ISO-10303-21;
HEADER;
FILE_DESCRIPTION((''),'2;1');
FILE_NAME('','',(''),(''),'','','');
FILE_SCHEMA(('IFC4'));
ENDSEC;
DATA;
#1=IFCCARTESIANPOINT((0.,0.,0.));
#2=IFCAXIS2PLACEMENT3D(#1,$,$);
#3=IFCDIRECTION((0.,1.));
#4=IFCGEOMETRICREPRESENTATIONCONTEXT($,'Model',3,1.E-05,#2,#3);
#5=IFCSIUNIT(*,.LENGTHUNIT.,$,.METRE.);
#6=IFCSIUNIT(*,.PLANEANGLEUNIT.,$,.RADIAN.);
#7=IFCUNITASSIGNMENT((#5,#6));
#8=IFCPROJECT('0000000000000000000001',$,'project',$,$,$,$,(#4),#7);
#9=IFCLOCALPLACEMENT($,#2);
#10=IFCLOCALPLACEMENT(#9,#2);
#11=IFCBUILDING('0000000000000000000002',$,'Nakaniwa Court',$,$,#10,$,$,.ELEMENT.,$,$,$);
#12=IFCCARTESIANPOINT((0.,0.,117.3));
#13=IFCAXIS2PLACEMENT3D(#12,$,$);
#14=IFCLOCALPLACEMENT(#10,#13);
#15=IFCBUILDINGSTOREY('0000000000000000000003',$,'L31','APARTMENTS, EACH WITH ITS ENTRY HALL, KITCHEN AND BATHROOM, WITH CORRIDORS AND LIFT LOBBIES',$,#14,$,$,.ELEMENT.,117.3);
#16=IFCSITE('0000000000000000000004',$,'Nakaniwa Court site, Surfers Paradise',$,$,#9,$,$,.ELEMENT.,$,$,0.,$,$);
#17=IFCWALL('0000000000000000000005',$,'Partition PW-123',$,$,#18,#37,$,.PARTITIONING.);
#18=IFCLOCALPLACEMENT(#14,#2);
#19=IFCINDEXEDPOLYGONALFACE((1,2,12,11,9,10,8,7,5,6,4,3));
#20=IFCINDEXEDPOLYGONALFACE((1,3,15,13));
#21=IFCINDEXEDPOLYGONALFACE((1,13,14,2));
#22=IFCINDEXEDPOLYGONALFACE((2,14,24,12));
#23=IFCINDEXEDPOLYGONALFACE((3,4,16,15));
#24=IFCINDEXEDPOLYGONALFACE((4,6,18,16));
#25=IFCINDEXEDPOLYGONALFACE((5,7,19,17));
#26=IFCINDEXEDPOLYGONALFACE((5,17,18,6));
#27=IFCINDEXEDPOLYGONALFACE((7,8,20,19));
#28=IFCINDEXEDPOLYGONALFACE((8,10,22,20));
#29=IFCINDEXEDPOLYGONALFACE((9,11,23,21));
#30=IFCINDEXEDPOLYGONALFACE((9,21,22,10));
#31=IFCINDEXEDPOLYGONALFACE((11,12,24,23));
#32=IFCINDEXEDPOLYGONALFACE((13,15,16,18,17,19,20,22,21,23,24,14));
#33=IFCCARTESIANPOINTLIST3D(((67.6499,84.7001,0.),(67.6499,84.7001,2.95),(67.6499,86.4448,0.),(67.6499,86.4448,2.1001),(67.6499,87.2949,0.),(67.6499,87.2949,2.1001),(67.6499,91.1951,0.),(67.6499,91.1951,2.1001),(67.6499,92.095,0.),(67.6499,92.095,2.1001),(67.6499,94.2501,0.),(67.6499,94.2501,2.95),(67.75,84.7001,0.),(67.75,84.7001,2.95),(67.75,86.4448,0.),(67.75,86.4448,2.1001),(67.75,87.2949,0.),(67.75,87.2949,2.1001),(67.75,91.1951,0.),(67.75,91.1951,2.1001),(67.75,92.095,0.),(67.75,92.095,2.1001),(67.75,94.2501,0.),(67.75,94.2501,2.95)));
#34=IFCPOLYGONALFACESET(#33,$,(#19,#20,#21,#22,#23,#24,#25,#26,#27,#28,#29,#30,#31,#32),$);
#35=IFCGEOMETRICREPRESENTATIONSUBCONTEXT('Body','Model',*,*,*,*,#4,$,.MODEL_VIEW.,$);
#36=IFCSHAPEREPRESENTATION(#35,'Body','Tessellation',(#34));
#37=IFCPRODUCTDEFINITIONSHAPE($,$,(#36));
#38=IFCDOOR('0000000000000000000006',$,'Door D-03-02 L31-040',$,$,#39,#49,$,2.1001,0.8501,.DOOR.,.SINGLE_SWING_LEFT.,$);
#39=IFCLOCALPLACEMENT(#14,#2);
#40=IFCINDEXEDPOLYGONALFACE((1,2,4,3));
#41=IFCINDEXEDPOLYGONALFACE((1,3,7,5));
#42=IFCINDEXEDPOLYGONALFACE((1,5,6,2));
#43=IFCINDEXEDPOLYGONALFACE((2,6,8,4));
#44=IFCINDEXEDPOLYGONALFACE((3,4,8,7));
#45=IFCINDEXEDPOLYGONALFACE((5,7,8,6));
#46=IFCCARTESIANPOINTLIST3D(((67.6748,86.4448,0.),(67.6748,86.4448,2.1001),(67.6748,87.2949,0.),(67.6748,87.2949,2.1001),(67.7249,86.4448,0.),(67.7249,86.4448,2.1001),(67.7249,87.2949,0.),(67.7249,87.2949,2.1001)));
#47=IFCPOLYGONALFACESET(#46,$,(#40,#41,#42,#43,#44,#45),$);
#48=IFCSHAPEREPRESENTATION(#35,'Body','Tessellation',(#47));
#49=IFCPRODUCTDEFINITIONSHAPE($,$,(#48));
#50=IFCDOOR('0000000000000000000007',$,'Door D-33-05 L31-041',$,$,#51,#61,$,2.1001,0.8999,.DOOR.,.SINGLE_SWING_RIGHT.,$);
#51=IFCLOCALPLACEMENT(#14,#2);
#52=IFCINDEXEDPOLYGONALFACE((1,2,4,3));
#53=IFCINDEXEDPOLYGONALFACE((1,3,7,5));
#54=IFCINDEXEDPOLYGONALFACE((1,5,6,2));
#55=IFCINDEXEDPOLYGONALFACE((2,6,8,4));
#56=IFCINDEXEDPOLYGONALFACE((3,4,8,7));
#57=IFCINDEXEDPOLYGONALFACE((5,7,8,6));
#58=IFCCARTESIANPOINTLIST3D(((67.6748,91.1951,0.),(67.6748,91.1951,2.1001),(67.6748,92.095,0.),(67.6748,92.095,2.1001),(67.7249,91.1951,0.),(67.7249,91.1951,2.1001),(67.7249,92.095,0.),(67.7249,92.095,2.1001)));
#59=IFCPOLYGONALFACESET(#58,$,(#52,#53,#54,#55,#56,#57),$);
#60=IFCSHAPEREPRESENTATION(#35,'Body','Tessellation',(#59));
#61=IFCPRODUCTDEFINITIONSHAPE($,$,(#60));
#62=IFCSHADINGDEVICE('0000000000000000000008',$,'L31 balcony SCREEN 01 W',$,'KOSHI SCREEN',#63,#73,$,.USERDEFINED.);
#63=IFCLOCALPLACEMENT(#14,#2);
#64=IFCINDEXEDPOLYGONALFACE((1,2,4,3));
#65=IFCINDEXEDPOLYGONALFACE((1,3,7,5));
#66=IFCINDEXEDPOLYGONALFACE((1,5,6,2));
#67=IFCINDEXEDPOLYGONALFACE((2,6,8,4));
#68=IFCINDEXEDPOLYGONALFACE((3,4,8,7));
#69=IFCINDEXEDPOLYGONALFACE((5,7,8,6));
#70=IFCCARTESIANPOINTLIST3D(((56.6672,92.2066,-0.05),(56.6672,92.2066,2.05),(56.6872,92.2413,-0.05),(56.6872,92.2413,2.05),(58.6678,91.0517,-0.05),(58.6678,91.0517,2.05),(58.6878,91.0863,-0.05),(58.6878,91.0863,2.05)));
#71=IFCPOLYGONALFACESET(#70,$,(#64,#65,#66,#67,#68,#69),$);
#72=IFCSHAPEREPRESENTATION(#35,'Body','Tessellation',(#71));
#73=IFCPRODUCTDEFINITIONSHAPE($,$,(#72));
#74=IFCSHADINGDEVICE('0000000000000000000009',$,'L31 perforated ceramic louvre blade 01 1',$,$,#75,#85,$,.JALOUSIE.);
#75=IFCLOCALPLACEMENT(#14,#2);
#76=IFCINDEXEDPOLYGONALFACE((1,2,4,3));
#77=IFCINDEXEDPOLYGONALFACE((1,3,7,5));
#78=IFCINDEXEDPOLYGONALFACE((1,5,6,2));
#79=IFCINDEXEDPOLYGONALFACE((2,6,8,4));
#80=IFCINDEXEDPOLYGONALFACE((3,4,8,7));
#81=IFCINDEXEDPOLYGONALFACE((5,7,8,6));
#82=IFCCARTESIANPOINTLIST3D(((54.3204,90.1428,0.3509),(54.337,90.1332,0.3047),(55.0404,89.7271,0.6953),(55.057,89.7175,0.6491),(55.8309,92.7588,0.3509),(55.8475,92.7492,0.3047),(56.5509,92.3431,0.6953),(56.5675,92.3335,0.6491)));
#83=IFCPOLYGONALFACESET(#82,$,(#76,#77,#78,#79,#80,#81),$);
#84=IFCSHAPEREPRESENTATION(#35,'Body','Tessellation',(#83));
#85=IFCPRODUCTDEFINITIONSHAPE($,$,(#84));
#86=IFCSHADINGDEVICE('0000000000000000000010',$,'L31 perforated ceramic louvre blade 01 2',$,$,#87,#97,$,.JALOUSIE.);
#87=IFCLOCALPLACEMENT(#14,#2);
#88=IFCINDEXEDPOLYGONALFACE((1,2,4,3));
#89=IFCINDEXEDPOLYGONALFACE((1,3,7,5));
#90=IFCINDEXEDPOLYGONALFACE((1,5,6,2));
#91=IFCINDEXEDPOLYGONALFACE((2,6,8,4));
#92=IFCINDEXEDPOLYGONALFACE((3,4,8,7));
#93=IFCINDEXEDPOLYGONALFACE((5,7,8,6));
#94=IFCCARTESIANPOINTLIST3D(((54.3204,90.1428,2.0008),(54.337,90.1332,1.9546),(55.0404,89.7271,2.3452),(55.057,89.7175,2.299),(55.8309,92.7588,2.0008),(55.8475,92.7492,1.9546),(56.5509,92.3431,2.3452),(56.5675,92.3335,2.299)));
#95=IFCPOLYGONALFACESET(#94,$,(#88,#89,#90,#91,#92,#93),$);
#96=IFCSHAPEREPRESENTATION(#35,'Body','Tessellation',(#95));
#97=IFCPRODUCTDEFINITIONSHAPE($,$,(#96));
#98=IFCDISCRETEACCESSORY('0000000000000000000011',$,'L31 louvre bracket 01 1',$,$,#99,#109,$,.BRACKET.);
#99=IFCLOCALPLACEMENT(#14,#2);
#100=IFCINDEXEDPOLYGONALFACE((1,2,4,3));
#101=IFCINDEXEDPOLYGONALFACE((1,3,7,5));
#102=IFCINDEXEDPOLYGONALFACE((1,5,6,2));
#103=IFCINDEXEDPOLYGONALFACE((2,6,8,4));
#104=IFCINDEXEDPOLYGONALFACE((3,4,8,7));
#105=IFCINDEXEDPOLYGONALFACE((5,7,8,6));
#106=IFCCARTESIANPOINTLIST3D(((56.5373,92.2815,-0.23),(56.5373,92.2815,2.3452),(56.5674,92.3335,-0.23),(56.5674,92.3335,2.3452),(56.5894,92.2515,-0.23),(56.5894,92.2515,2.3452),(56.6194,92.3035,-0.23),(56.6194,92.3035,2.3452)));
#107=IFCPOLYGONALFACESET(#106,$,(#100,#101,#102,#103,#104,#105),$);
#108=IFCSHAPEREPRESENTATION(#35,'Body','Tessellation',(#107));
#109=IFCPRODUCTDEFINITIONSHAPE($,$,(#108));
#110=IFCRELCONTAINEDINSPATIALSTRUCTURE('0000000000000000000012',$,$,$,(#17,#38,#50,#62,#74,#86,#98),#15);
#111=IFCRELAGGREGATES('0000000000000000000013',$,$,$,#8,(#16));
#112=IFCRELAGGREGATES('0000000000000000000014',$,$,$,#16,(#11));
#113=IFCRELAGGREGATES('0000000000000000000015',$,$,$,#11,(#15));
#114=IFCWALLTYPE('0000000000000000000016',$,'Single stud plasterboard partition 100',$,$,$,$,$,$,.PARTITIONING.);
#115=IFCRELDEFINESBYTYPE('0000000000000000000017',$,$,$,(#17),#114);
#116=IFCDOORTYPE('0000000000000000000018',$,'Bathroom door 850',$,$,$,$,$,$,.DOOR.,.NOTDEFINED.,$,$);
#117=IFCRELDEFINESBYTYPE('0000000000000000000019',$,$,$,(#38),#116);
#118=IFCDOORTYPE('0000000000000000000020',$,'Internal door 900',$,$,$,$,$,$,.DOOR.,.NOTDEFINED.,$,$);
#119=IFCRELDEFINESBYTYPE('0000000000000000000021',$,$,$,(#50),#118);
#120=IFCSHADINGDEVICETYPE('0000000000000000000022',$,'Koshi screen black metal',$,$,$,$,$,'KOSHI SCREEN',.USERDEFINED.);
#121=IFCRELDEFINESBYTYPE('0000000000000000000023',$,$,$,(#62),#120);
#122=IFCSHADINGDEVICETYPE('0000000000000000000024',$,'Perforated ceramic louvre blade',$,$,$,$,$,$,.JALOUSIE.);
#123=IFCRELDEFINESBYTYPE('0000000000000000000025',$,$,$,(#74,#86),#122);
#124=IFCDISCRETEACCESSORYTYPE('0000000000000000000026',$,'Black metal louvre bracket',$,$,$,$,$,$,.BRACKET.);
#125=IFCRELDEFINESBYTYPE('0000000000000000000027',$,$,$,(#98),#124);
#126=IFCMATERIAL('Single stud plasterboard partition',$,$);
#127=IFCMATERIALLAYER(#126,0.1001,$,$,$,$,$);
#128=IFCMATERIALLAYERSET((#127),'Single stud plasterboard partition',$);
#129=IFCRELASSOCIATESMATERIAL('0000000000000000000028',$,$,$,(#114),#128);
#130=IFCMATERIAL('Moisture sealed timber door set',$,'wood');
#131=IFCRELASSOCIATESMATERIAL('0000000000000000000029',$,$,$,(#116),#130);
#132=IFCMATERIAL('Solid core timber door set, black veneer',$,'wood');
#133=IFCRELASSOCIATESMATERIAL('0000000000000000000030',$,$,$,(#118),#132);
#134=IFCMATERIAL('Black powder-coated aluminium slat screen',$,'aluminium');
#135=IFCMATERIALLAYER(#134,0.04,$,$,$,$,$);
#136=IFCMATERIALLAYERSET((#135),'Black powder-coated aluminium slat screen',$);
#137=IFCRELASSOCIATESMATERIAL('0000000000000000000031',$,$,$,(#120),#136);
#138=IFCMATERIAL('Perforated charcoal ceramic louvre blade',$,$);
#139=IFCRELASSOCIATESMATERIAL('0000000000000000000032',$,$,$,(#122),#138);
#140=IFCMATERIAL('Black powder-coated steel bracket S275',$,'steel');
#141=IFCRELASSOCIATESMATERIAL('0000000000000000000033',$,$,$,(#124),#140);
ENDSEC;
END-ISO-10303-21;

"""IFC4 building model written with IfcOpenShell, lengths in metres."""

from ifc_helpers import new_model, si_unit, direction, frame, frame_2d, origin, origin_2d, place, context, subcontext, project, spatial, rectangle, extrude, material, layer, layer_set, material_profile, profile_set, type_object, element, fill, save


model = new_model("IFC4")

# Units and contexts
model_context = context("Model", 3, precision=1e-05, world=origin(), true_north=direction((0.0, 1.0)))
body_context = subcontext(model_context, "Body", "Model", "MODEL_VIEW")
ifc_project = project(units=[si_unit("LENGTHUNIT", "METRE"), si_unit("PLANEANGLEUNIT", "RADIAN")], contexts=[model_context])

# Site, building, storey
site_placement = place(None, origin())
site = spatial("IfcSite", under=ifc_project, at=site_placement, Name="Nakaniwa Court site, Surfers Paradise", CompositionType="ELEMENT", RefElevation=0.0)
building_placement = place(site_placement, origin())
building = spatial("IfcBuilding", under=site, at=building_placement, Name="Nakaniwa Court", CompositionType="ELEMENT")
storey_placement = place(building_placement, frame((0.0, 0.0, 117.3)))
storey = spatial("IfcBuildingStorey", under=building, at=storey_placement, Name="L31", Description="APARTMENTS, EACH WITH ITS ENTRY HALL, KITCHEN AND BATHROOM, WITH CORRIDORS AND LIFT LOBBIES", CompositionType="ELEMENT", Elevation=117.3)

# Wall, openings, doors
ifc_material_1 = material(Name="Single stud plasterboard partition")
ifc_layer_1 = layer(ifc_material_1, 0.1001)
ifc_layer_set_1 = layer_set([ifc_layer_1], Name="Single stud plasterboard partition")
wall_type_1 = type_object("IfcWallType", Name="Single stud plasterboard partition 100", PredefinedType="PARTITIONING", material=ifc_layer_set_1)
wall_1_placement = place(storey_placement, frame((67.7, 94.25, 0.0), z_axis=(0.0, 0.0, 1.0), x_axis=(0.0, -1.0, 0.0)))
wall_1 = element("IfcWall", 1, at=wall_1_placement, inside=storey, type_object=wall_type_1, Name="Partition PW-123", PredefinedType="PARTITIONING", context=body_context, shape_type="SweptSolid", body=[
    extrude(rectangle(XDim=9.55, YDim=0.1001, at=frame_2d((4.7749, 0.0))), origin(), (0.0, 0.0, 1.0), 2.95),
])
opening_1_placement = place(wall_1_placement, frame((6.9551, 0.0, 0.0)))
opening_1 = element("IfcOpeningElement", 2, at=opening_1_placement, cuts=wall_1, PredefinedType="OPENING", context=body_context, shape_type="SweptSolid", body=[
    extrude(rectangle(XDim=0.8501, YDim=2.1001, at=frame_2d((0.425, 1.05))), frame((0.0, 0.0601, 0.0), z_axis=(0.0, -1.0, 0.0), x_axis=(1.0, 0.0, 0.0)), (0.0, 0.0, 1.0), 0.1201),
])
opening_2_placement = place(wall_1_placement, frame((2.155, 0.0, 0.0)))
opening_2 = element("IfcOpeningElement", 3, at=opening_2_placement, cuts=wall_1, PredefinedType="OPENING", context=body_context, shape_type="SweptSolid", body=[
    extrude(rectangle(XDim=0.8999, YDim=2.1001, at=frame_2d((0.45, 1.05))), frame((0.0, 0.0601, 0.0), z_axis=(0.0, -1.0, 0.0), x_axis=(1.0, 0.0, 0.0)), (0.0, 0.0, 1.0), 0.1201),
])
ifc_material_2 = material(Name="Moisture sealed timber door set", Category="wood")
door_type_1 = type_object("IfcDoorType", Name="Bathroom door 850", OperationType="NOTDEFINED", PredefinedType="DOOR", material=ifc_material_2)
door_1_placement = place(opening_1_placement, origin())
door_1 = element("IfcDoor", 4, at=door_1_placement, inside=storey, type_object=door_type_1, Name="Door D-03-02 L31-040", OperationType="SINGLE_SWING_LEFT", OverallHeight=2.1001, OverallWidth=0.8501, PredefinedType="DOOR", context=body_context, shape_type="SweptSolid", body=[
    extrude(rectangle(XDim=0.8501, YDim=2.1001, at=frame_2d((0.425, 1.05))), frame((0.0, 0.0249, 0.0), z_axis=(0.0, -1.0, 0.0), x_axis=(1.0, 0.0, 0.0)), (0.0, 0.0, 1.0), 0.05),
])
fill(opening_1, door_1)
ifc_material_3 = material(Name="Solid core timber door set, black veneer", Category="wood")
door_type_2 = type_object("IfcDoorType", Name="Internal door 900", OperationType="NOTDEFINED", PredefinedType="DOOR", material=ifc_material_3)
door_2_placement = place(opening_2_placement, origin())
door_2 = element("IfcDoor", 5, at=door_2_placement, inside=storey, type_object=door_type_2, Name="Door D-33-05 L31-041", OperationType="SINGLE_SWING_RIGHT", OverallHeight=2.1001, OverallWidth=0.8999, PredefinedType="DOOR", context=body_context, shape_type="SweptSolid", body=[
    extrude(rectangle(XDim=0.8999, YDim=2.1001, at=frame_2d((0.45, 1.05))), frame((0.0, 0.0249, 0.0), z_axis=(0.0, -1.0, 0.0), x_axis=(1.0, 0.0, 0.0)), (0.0, 0.0, 1.0), 0.05),
])
fill(opening_2, door_2)

# Shading devices
ifc_material_4 = material(Name="Black powder-coated aluminium slat screen", Category="aluminium")
ifc_layer_2 = layer(ifc_material_4, 0.04)
ifc_layer_set_2 = layer_set([ifc_layer_2], Name="Black powder-coated aluminium slat screen")
shading_device_type_1 = type_object("IfcShadingDeviceType", Name="Koshi screen black metal", ElementType="KOSHI SCREEN", PredefinedType="USERDEFINED", material=ifc_layer_set_2)
shading_device_placement = place(storey_placement, frame((57.6775, 91.6465, -0.05), z_axis=(0.0, 0.0, 1.0), x_axis=(-0.499974, -0.86604, 0.0)))
element("IfcShadingDevice", 6, at=shading_device_placement, inside=storey, type_object=shading_device_type_1, Name="L31 balcony SCREEN 01 W", ObjectType="KOSHI SCREEN", PredefinedType="USERDEFINED", context=body_context, shape_type="SweptSolid", body=[
    extrude(rectangle(XDim=0.04, YDim=2.3101, at=origin_2d()), origin(), (0.0, 0.0, 1.0), 2.1001),
])
ifc_material_5 = material(Name="Perforated charcoal ceramic louvre blade")
ifc_material_profile_1 = material_profile(ifc_material_5, rectangle(XDim=0.8999, YDim=0.05, at=origin_2d()), Name="Perforated ceramic louvre blade")
ifc_profile_set_1 = profile_set([ifc_material_profile_1], Name="Perforated charcoal ceramic louvre blade")
shading_device_type_2 = type_object("IfcShadingDeviceType", Name="Perforated ceramic louvre blade", PredefinedType="JALOUSIE", material=ifc_profile_set_1)
for number, where, z_axis, x_axis, name in (
    (7, (56.1992, 92.5461, 0.5), (-0.500042, -0.866001, 0.0), (0.800081, -0.461979, 0.382683), "L31 perforated ceramic louvre blade 01 1"),
    (8, (56.1992, 92.5461, 2.1499), (-0.500042, -0.866001, 0.0), (0.800081, -0.461979, 0.382683), "L31 perforated ceramic louvre blade 01 2"),
):
    element("IfcShadingDevice", number, at=place(storey_placement, frame(where, z_axis=z_axis, x_axis=x_axis)), inside=storey, type_object=shading_device_type_2, Name=name, PredefinedType="JALOUSIE", context=body_context, shape_type="SweptSolid", body=[
        extrude(rectangle(XDim=0.8999, YDim=0.05, at=origin_2d()), origin(), (0.0, 0.0, 1.0), 3.0208),
    ])

# Discrete accessory
ifc_material_6 = material(Name="Black powder-coated steel bracket S275", Category="steel")
discrete_accessory_type = type_object("IfcDiscreteAccessoryType", Name="Black metal louvre bracket", PredefinedType="BRACKET", material=ifc_material_6)
discrete_accessory_placement = place(storey_placement, frame((56.5784, 92.2925, -0.23), z_axis=(0.0, 0.0, 1.0), x_axis=(-0.499974, -0.86604, 0.0)))
element("IfcDiscreteAccessory", 9, at=discrete_accessory_placement, inside=storey, type_object=discrete_accessory_type, Name="L31 louvre bracket 01 1", PredefinedType="BRACKET", context=body_context, shape_type="SweptSolid", body=[
    extrude(rectangle(XDim=0.0601, YDim=0.0601, at=origin_2d()), origin(), (0.0, 0.0, 1.0), 2.5752),
])

save(model, "model.ifc")
